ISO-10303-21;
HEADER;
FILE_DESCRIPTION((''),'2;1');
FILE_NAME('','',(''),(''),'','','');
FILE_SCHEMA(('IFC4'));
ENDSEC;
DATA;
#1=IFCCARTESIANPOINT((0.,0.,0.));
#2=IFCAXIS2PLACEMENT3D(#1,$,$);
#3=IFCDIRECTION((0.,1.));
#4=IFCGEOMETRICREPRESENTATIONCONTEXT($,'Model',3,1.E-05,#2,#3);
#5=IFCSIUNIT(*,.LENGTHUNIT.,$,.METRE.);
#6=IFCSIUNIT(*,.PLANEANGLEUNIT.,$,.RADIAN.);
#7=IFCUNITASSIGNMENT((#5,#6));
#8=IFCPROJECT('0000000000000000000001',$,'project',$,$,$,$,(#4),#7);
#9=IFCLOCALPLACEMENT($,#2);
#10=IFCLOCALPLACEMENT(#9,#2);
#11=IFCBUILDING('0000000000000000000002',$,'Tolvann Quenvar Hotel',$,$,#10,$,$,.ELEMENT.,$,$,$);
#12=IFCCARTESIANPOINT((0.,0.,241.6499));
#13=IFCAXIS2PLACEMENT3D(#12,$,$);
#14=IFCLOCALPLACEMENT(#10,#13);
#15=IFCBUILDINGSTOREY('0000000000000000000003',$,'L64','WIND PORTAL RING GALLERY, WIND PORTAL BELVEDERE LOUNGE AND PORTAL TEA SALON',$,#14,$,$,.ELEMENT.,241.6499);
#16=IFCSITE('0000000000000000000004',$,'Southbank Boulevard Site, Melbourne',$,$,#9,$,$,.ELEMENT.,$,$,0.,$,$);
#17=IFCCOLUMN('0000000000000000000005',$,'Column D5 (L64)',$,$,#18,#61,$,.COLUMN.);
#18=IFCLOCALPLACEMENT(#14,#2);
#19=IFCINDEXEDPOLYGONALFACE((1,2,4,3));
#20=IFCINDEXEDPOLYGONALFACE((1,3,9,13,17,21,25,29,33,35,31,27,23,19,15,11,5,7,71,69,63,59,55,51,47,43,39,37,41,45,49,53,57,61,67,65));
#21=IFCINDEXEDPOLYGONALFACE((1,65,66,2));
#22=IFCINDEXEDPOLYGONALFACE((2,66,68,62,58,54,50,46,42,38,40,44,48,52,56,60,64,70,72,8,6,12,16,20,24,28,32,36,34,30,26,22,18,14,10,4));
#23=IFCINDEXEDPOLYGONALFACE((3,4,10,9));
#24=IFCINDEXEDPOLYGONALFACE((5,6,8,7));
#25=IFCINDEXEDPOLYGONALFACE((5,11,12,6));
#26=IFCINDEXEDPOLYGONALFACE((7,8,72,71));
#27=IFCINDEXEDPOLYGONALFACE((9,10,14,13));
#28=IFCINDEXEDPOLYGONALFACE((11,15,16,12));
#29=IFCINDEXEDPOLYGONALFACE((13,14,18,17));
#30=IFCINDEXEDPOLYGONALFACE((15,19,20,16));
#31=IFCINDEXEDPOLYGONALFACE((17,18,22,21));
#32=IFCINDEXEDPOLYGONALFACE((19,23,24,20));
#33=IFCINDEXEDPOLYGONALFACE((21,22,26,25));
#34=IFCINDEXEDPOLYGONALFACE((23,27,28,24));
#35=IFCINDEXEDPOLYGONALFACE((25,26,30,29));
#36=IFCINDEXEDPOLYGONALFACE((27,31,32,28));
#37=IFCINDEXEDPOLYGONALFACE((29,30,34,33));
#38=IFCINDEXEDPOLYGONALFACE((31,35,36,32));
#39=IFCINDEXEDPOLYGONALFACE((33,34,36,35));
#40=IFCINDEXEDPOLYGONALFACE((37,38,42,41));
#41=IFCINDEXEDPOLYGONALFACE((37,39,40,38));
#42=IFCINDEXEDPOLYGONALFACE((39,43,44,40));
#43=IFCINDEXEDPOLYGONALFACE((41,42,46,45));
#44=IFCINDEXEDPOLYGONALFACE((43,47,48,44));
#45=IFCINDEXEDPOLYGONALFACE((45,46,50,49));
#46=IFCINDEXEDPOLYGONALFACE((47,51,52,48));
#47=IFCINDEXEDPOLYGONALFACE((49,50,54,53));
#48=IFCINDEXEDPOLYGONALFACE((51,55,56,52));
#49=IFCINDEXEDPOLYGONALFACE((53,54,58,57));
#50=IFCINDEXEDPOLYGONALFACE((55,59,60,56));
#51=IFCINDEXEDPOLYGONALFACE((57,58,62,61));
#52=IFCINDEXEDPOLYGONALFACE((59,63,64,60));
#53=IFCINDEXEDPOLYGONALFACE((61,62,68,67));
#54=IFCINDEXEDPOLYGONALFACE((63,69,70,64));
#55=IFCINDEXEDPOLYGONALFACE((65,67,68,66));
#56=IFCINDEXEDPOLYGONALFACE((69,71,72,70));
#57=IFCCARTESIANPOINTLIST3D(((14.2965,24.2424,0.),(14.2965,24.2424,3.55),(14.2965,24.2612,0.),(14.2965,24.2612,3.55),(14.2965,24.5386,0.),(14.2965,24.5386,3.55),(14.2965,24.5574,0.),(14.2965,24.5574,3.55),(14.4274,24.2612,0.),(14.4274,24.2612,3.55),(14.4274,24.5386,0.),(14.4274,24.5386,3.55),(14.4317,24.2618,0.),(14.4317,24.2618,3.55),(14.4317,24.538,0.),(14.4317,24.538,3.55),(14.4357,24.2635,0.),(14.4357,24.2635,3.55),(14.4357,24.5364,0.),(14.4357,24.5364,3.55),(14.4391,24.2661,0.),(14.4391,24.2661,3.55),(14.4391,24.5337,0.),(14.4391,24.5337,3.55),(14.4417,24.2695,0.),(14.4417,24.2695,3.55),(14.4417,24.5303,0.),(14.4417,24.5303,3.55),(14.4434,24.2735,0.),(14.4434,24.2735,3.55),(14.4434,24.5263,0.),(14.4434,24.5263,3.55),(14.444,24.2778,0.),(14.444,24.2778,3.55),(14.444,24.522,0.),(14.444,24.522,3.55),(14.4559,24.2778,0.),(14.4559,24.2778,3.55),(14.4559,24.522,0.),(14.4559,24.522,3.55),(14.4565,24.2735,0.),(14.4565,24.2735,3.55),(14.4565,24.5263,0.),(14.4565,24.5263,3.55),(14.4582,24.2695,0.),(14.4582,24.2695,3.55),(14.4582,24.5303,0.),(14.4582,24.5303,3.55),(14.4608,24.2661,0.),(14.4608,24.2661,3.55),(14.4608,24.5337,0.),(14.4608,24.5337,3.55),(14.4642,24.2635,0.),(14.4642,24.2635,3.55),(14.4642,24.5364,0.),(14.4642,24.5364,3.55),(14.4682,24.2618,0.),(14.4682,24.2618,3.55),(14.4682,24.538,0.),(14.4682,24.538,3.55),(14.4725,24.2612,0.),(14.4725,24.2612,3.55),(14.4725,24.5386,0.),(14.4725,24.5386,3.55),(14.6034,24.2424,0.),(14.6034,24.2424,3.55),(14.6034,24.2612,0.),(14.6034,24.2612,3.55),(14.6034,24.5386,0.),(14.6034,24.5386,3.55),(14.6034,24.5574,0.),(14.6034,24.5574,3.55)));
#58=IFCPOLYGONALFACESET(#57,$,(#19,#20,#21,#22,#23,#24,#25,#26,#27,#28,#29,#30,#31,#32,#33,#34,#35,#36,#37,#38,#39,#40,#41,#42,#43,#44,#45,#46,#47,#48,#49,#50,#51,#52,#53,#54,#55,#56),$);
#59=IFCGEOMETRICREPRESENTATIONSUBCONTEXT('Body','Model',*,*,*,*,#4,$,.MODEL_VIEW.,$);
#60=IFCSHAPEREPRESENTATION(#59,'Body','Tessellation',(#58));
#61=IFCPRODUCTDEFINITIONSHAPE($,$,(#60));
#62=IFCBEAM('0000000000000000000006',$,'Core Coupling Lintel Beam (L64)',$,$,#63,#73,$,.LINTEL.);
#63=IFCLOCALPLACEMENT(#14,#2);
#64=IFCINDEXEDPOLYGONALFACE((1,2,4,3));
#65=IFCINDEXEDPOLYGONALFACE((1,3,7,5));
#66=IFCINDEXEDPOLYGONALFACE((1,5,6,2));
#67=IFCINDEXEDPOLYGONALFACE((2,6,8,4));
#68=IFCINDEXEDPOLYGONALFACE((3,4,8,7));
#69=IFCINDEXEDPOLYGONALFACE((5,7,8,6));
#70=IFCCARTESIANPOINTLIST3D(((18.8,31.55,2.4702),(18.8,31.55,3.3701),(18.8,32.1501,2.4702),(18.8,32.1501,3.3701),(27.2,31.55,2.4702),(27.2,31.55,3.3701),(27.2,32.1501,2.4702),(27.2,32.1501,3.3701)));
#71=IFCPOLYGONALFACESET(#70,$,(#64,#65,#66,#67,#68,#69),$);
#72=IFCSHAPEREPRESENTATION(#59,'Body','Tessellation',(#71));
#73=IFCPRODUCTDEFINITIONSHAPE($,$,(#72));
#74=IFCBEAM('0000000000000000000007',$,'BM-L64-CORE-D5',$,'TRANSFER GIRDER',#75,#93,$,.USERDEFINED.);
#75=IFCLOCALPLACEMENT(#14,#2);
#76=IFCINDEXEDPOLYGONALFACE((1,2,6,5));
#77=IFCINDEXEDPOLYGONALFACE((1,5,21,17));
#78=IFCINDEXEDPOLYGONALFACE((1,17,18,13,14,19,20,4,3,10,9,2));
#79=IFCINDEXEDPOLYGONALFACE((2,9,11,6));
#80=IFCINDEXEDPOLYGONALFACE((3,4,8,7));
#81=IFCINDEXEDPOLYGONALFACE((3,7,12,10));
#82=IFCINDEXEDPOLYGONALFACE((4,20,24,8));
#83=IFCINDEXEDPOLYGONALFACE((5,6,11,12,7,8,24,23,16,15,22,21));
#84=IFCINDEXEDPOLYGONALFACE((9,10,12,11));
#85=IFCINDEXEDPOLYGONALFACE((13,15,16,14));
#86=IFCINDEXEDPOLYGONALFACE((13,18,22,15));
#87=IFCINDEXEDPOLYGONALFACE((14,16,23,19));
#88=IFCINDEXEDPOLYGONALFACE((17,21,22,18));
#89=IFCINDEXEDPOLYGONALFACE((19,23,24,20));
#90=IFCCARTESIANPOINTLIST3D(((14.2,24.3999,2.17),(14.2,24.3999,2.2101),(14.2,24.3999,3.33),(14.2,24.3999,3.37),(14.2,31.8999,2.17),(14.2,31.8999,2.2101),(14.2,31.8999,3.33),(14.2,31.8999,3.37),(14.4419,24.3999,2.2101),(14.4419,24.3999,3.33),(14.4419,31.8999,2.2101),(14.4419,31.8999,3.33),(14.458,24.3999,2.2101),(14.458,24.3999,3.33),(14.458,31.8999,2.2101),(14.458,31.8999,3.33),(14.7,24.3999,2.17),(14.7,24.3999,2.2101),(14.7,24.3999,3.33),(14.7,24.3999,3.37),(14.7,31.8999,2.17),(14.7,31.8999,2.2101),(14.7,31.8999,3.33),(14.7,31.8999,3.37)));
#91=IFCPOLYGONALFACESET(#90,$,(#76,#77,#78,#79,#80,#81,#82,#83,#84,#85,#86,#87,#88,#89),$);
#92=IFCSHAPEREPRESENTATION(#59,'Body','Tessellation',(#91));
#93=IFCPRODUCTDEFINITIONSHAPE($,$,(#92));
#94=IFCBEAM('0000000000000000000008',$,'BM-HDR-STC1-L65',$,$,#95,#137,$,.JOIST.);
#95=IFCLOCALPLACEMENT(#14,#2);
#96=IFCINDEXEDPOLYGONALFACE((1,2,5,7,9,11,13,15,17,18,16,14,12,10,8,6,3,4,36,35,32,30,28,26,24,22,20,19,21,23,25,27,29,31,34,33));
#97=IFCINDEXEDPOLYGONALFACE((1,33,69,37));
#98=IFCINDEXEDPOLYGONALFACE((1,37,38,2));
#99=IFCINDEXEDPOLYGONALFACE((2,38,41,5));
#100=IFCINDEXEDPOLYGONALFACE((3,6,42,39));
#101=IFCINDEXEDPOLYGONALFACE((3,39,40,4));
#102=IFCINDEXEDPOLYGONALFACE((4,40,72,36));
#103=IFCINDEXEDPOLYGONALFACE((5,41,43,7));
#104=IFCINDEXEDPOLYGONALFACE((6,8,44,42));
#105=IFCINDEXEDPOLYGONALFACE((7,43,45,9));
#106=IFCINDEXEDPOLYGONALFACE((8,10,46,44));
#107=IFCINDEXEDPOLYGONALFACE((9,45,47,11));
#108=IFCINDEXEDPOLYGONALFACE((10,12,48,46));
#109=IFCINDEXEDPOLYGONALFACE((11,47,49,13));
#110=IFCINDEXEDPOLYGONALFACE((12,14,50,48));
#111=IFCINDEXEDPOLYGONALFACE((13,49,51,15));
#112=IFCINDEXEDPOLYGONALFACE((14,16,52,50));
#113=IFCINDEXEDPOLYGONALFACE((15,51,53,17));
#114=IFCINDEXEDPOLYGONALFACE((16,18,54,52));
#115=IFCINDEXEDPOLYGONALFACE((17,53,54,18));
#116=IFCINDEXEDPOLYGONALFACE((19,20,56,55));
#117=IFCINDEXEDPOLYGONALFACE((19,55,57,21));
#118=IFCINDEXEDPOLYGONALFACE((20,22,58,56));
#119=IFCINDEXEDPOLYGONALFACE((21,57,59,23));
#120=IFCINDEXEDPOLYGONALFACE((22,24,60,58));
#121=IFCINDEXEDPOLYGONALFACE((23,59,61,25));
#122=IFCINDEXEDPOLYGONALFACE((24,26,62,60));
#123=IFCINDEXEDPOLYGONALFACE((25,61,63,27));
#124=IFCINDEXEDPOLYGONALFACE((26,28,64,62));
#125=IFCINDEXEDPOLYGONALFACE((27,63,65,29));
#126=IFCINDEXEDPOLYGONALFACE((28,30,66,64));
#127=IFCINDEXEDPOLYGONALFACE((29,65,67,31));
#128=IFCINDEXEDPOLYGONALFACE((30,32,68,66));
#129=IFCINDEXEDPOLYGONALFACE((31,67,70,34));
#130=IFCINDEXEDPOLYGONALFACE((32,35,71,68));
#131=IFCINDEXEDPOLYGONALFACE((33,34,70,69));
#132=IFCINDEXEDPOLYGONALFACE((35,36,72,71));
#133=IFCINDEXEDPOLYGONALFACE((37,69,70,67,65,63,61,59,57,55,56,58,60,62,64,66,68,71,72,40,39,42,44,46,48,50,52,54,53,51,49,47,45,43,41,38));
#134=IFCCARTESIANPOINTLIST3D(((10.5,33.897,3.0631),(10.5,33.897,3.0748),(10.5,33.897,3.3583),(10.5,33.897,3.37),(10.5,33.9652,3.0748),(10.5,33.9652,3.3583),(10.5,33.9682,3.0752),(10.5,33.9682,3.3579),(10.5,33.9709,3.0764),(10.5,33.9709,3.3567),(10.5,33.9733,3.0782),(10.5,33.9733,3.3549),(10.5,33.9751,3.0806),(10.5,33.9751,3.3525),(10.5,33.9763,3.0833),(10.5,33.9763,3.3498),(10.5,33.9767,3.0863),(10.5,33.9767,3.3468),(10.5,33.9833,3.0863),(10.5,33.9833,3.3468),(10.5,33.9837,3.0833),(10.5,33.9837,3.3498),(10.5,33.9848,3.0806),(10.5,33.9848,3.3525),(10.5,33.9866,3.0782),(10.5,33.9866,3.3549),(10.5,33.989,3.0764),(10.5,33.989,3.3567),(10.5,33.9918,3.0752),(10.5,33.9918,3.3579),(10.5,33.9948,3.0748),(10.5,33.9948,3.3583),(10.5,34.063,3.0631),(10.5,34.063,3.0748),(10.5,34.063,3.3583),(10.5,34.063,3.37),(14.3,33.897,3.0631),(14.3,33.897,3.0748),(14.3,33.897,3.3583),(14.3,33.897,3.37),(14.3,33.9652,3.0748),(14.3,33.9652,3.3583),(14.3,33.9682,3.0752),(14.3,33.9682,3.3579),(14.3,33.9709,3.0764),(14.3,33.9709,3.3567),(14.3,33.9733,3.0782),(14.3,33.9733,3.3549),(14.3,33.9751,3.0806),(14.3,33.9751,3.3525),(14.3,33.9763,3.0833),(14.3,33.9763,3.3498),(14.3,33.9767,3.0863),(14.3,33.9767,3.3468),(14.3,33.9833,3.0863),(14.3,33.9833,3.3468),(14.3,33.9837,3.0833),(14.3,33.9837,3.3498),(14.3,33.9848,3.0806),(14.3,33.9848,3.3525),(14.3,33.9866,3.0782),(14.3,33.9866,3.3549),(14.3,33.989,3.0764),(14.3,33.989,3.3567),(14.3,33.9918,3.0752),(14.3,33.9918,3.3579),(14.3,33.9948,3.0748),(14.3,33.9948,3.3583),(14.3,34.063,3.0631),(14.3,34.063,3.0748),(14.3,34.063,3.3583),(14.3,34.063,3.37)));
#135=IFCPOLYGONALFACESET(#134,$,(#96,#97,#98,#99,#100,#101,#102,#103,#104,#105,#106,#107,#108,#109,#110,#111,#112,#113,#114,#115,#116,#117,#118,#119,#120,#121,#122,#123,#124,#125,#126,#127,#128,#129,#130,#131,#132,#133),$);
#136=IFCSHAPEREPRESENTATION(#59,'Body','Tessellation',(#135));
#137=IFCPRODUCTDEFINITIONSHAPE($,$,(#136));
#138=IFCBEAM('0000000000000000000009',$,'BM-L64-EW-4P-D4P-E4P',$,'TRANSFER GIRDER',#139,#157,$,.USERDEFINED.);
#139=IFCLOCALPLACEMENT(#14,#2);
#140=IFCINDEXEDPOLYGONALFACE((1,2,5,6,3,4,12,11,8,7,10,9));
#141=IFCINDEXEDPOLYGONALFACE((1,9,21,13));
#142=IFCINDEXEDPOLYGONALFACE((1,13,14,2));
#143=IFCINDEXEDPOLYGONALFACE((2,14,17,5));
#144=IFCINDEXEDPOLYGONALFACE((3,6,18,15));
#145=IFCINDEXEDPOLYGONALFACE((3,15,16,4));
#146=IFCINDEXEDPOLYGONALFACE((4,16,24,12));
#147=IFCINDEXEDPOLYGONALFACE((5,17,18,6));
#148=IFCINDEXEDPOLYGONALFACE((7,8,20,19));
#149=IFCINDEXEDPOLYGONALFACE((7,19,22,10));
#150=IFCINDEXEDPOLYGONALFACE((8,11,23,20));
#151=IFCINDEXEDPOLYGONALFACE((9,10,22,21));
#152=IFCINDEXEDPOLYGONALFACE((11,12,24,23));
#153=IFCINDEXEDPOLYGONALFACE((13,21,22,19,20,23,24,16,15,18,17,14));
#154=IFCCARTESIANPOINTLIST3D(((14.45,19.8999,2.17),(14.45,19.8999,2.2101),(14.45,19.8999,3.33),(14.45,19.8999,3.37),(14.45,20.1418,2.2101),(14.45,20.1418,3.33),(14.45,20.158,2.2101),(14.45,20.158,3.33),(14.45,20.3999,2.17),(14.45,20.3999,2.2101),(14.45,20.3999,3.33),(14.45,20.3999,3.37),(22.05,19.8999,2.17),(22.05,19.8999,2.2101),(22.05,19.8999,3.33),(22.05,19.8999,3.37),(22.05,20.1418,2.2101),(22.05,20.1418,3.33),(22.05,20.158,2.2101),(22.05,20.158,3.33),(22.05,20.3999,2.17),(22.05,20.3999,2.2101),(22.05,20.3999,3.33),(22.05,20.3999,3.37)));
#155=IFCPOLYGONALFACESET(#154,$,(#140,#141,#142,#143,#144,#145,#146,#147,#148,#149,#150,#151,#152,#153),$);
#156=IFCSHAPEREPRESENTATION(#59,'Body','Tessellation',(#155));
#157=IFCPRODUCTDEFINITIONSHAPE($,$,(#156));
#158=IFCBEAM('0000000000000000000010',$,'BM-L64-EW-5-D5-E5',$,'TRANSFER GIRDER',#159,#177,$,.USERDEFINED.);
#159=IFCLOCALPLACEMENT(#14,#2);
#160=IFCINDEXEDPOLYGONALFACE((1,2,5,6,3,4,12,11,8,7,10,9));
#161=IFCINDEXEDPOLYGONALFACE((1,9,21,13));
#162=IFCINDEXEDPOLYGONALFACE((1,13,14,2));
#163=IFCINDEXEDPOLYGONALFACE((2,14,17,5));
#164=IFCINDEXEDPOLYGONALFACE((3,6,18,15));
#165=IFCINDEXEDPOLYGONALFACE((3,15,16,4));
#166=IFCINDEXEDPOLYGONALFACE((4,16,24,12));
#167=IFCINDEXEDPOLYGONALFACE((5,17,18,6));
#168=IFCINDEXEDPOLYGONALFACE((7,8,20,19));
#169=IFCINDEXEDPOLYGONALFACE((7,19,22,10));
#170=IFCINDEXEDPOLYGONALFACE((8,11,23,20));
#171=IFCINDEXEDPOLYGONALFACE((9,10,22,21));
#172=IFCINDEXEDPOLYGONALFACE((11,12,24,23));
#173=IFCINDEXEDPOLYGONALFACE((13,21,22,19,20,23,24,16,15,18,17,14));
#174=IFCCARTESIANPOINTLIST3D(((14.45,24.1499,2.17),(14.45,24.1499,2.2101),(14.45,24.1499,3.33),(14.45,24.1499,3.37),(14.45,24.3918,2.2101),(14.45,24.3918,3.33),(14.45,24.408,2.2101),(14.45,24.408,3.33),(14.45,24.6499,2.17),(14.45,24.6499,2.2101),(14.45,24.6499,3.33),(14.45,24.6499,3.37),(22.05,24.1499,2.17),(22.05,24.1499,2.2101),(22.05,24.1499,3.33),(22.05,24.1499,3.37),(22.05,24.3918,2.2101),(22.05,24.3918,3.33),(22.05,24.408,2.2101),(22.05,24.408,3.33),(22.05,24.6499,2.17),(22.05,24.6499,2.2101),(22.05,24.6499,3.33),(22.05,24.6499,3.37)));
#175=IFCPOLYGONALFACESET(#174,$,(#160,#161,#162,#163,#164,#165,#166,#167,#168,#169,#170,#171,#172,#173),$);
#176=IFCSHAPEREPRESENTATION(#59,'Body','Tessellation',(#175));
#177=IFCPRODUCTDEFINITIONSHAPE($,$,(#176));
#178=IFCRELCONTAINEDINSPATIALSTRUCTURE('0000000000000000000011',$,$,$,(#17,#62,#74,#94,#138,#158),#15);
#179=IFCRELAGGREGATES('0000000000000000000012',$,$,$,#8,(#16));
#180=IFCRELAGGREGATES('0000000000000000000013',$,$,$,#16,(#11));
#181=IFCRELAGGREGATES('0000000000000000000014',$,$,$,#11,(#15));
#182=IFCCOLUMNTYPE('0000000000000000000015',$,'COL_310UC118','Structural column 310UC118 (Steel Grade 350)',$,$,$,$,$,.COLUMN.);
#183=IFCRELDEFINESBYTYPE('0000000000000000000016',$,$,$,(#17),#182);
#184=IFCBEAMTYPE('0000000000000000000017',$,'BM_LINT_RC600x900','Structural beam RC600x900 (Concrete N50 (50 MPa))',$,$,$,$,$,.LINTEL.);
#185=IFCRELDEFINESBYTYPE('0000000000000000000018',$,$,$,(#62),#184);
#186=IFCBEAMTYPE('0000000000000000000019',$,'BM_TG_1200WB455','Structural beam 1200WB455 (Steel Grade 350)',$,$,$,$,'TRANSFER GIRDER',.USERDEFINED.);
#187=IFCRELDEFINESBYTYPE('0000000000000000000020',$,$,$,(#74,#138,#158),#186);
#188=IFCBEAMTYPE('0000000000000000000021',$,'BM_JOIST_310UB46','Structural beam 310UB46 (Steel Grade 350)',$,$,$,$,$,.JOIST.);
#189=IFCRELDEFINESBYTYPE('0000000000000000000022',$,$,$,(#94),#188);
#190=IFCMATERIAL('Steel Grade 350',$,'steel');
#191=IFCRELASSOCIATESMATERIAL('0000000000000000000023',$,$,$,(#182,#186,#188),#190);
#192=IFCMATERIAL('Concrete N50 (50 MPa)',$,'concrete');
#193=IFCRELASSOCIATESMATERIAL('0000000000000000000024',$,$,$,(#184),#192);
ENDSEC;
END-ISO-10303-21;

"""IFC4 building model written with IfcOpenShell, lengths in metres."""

from ifc_helpers import new_model, si_unit, direction, frame, origin, origin_2d, place, context, subcontext, project, spatial, rectangle, i_section, extrude, source, transform, mapped, material, material_profile, profile_set, type_object, type_shapes, element, save


model = new_model("IFC4")

# Units and contexts
model_context = context("Model", 3, precision=1e-05, world=origin(), true_north=direction((0.0, 1.0)))
body_context = subcontext(model_context, "Body", "Model", "MODEL_VIEW")
ifc_project = project(units=[si_unit("LENGTHUNIT", "METRE"), si_unit("PLANEANGLEUNIT", "RADIAN")], contexts=[model_context])

# Site, building, storey
site_placement = place(None, origin())
site = spatial("IfcSite", under=ifc_project, at=site_placement, Name="Southbank Boulevard Site, Melbourne", CompositionType="ELEMENT", RefElevation=0.0)
building_placement = place(site_placement, origin())
building = spatial("IfcBuilding", under=site, at=building_placement, Name="Tolvann Quenvar Hotel", CompositionType="ELEMENT")
storey_placement = place(building_placement, frame((0.0, 0.0, 241.6499)))
storey = spatial("IfcBuildingStorey", under=building, at=storey_placement, Name="L64", Description="WIND PORTAL RING GALLERY, WIND PORTAL BELVEDERE LOUNGE AND PORTAL TEA SALON", CompositionType="ELEMENT", Elevation=241.6499)

# Column
ifc_material_1 = material(Name="Steel Grade 350", Category="steel")
ifc_material_profile_1 = material_profile(ifc_material_1, i_section(OverallWidth=0.3069, OverallDepth=0.3149, WebThickness=0.012, FlangeThickness=0.0188, FilletRadius=0.0166, at=origin_2d()), Name="310UC118")
ifc_profile_set_1 = profile_set([ifc_material_profile_1], Name="Steel Grade 350")
column_type = type_object("IfcColumnType", Name="COL_310UC118", Description="Structural column 310UC118 (Steel Grade 350)", PredefinedType="COLUMN", material=ifc_profile_set_1)
shared_shape_1 = source(origin(), body_context, "Body", "SweptSolid", [
    extrude(i_section(OverallWidth=0.3069, OverallDepth=0.3149, WebThickness=0.012, FlangeThickness=0.0188, FilletRadius=0.0166, at=origin_2d()), origin(), (0.0, 0.0, 1.0), 3.55),
])
type_shapes(column_type, [shared_shape_1])
column_placement = place(storey_placement, frame((14.45, 24.3999, 0.0), z_axis=(0.0, 0.0, 1.0), x_axis=(1.0, 0.0, 0.0)))
element("IfcColumn", 1, at=column_placement, inside=storey, type_object=column_type, Name="Column D5 (L64)", PredefinedType="COLUMN", context=body_context, shape_type="MappedRepresentation", body=[
    mapped(shared_shape_1, transform((0.0, 0.0, 0.0), x_axis=(1.0, 0.0, 0.0), y_axis=(0.0, 1.0, 0.0), z_axis=(0.0, 0.0, 1.0), scale=1.0)),
])

# Beams
ifc_material_2 = material(Name="Concrete N50 (50 MPa)", Category="concrete")
ifc_material_profile_2 = material_profile(ifc_material_2, rectangle(XDim=0.6001, YDim=0.8999, at=origin_2d()), Name="RC600x900")
ifc_profile_set_2 = profile_set([ifc_material_profile_2], Name="Concrete N50 (50 MPa)")
beam_type_1 = type_object("IfcBeamType", Name="BM_LINT_RC600x900", Description="Structural beam RC600x900 (Concrete N50 (50 MPa))", PredefinedType="LINTEL", material=ifc_profile_set_2)
shared_shape_2 = source(origin(), body_context, "Body", "SweptSolid", [
    extrude(rectangle(XDim=0.6001, YDim=0.8999, at=origin_2d()), origin(), (0.0, 0.0, 1.0), 8.3999),
])
type_shapes(beam_type_1, [shared_shape_2])
beam_1_placement = place(storey_placement, frame((18.8, 31.8501, 2.9202), z_axis=(1.0, 0.0, 0.0), x_axis=(0.0, 1.0, 0.0)))
element("IfcBeam", 2, at=beam_1_placement, inside=storey, type_object=beam_type_1, Name="Core Coupling Lintel Beam (L64)", PredefinedType="LINTEL", context=body_context, shape_type="MappedRepresentation", body=[
    mapped(shared_shape_2, transform((0.0, 0.0, 0.0), x_axis=(1.0, 0.0, 0.0), y_axis=(0.0, 1.0, 0.0), z_axis=(0.0, 0.0, 1.0), scale=1.0)),
])
ifc_material_profile_3 = material_profile(ifc_material_1, i_section(OverallWidth=0.5, OverallDepth=1.2, WebThickness=0.0161, FlangeThickness=0.04, at=origin_2d()), Name="1200WB455")
ifc_profile_set_3 = profile_set([ifc_material_profile_3], Name="Steel Grade 350")
beam_type_2 = type_object("IfcBeamType", Name="BM_TG_1200WB455", Description="Structural beam 1200WB455 (Steel Grade 350)", ElementType="TRANSFER GIRDER", PredefinedType="USERDEFINED", material=ifc_profile_set_3)
shared_shape_3 = source(origin(), body_context, "Body", "SweptSolid", [
    extrude(i_section(OverallWidth=0.5, OverallDepth=1.2, WebThickness=0.0161, FlangeThickness=0.04, at=origin_2d()), origin(), (0.0, 0.0, 1.0), 7.5),
])
beam_2_placement = place(storey_placement, frame((14.45, 24.3999, 2.77), z_axis=(0.0, 1.0, 0.0), x_axis=(-1.0, 0.0, 0.0)))
element("IfcBeam", 3, at=beam_2_placement, inside=storey, type_object=beam_type_2, Name="BM-L64-CORE-D5", ObjectType="TRANSFER GIRDER", PredefinedType="USERDEFINED", context=body_context, shape_type="MappedRepresentation", body=[
    mapped(shared_shape_3, transform((0.0, 0.0, 0.0), x_axis=(1.0, 0.0, 0.0), y_axis=(0.0, 1.0, 0.0), z_axis=(0.0, 0.0, 1.0), scale=1.0)),
])
ifc_material_profile_4 = material_profile(ifc_material_1, i_section(OverallWidth=0.166, OverallDepth=0.3069, WebThickness=0.0066, FlangeThickness=0.0117, FilletRadius=0.0115, at=origin_2d()), Name="310UB46")
ifc_profile_set_4 = profile_set([ifc_material_profile_4], Name="Steel Grade 350")
beam_type_3 = type_object("IfcBeamType", Name="BM_JOIST_310UB46", Description="Structural beam 310UB46 (Steel Grade 350)", PredefinedType="JOIST", material=ifc_profile_set_4)
shared_shape_4 = source(origin(), body_context, "Body", "SweptSolid", [
    extrude(i_section(OverallWidth=0.166, OverallDepth=0.3069, WebThickness=0.0066, FlangeThickness=0.0117, FilletRadius=0.0115, at=origin_2d()), origin(), (0.0, 0.0, 1.0), 3.8),
])
beam_3_placement = place(storey_placement, frame((10.5, 33.98, 3.2166), z_axis=(1.0, 0.0, 0.0), x_axis=(0.0, 1.0, 0.0)))
element("IfcBeam", 4, at=beam_3_placement, inside=storey, type_object=beam_type_3, Name="BM-HDR-STC1-L65", PredefinedType="JOIST", context=body_context, shape_type="MappedRepresentation", body=[
    mapped(shared_shape_4, transform((0.0, 0.0, 0.0), x_axis=(1.0, 0.0, 0.0), y_axis=(0.0, 1.0, 0.0), z_axis=(0.0, 0.0, 1.0), scale=1.0)),
])
shared_shape_5 = source(origin(), body_context, "Body", "SweptSolid", [
    extrude(i_section(OverallWidth=0.5, OverallDepth=1.2, WebThickness=0.0161, FlangeThickness=0.04, at=origin_2d()), origin(), (0.0, 0.0, 1.0), 7.6001),
])
for number, where, z_axis, x_axis, name in (
    (5, (14.45, 20.1499, 2.77), (1.0, 0.0, 0.0), (0.0, 1.0, 0.0), "BM-L64-EW-4P-D4P-E4P"),
    (6, (14.45, 24.3999, 2.77), (1.0, 0.0, 0.0), (0.0, 1.0, 0.0), "BM-L64-EW-5-D5-E5"),
):
    element("IfcBeam", number, at=place(storey_placement, frame(where, z_axis=z_axis, x_axis=x_axis)), inside=storey, type_object=beam_type_2, Name=name, ObjectType="TRANSFER GIRDER", PredefinedType="USERDEFINED", context=body_context, shape_type="MappedRepresentation", body=[
        mapped(shared_shape_5, transform((0.0, 0.0, 0.0), x_axis=(1.0, 0.0, 0.0), y_axis=(0.0, 1.0, 0.0), z_axis=(0.0, 0.0, 1.0), scale=1.0)),
    ])

save(model, "model.ifc")
